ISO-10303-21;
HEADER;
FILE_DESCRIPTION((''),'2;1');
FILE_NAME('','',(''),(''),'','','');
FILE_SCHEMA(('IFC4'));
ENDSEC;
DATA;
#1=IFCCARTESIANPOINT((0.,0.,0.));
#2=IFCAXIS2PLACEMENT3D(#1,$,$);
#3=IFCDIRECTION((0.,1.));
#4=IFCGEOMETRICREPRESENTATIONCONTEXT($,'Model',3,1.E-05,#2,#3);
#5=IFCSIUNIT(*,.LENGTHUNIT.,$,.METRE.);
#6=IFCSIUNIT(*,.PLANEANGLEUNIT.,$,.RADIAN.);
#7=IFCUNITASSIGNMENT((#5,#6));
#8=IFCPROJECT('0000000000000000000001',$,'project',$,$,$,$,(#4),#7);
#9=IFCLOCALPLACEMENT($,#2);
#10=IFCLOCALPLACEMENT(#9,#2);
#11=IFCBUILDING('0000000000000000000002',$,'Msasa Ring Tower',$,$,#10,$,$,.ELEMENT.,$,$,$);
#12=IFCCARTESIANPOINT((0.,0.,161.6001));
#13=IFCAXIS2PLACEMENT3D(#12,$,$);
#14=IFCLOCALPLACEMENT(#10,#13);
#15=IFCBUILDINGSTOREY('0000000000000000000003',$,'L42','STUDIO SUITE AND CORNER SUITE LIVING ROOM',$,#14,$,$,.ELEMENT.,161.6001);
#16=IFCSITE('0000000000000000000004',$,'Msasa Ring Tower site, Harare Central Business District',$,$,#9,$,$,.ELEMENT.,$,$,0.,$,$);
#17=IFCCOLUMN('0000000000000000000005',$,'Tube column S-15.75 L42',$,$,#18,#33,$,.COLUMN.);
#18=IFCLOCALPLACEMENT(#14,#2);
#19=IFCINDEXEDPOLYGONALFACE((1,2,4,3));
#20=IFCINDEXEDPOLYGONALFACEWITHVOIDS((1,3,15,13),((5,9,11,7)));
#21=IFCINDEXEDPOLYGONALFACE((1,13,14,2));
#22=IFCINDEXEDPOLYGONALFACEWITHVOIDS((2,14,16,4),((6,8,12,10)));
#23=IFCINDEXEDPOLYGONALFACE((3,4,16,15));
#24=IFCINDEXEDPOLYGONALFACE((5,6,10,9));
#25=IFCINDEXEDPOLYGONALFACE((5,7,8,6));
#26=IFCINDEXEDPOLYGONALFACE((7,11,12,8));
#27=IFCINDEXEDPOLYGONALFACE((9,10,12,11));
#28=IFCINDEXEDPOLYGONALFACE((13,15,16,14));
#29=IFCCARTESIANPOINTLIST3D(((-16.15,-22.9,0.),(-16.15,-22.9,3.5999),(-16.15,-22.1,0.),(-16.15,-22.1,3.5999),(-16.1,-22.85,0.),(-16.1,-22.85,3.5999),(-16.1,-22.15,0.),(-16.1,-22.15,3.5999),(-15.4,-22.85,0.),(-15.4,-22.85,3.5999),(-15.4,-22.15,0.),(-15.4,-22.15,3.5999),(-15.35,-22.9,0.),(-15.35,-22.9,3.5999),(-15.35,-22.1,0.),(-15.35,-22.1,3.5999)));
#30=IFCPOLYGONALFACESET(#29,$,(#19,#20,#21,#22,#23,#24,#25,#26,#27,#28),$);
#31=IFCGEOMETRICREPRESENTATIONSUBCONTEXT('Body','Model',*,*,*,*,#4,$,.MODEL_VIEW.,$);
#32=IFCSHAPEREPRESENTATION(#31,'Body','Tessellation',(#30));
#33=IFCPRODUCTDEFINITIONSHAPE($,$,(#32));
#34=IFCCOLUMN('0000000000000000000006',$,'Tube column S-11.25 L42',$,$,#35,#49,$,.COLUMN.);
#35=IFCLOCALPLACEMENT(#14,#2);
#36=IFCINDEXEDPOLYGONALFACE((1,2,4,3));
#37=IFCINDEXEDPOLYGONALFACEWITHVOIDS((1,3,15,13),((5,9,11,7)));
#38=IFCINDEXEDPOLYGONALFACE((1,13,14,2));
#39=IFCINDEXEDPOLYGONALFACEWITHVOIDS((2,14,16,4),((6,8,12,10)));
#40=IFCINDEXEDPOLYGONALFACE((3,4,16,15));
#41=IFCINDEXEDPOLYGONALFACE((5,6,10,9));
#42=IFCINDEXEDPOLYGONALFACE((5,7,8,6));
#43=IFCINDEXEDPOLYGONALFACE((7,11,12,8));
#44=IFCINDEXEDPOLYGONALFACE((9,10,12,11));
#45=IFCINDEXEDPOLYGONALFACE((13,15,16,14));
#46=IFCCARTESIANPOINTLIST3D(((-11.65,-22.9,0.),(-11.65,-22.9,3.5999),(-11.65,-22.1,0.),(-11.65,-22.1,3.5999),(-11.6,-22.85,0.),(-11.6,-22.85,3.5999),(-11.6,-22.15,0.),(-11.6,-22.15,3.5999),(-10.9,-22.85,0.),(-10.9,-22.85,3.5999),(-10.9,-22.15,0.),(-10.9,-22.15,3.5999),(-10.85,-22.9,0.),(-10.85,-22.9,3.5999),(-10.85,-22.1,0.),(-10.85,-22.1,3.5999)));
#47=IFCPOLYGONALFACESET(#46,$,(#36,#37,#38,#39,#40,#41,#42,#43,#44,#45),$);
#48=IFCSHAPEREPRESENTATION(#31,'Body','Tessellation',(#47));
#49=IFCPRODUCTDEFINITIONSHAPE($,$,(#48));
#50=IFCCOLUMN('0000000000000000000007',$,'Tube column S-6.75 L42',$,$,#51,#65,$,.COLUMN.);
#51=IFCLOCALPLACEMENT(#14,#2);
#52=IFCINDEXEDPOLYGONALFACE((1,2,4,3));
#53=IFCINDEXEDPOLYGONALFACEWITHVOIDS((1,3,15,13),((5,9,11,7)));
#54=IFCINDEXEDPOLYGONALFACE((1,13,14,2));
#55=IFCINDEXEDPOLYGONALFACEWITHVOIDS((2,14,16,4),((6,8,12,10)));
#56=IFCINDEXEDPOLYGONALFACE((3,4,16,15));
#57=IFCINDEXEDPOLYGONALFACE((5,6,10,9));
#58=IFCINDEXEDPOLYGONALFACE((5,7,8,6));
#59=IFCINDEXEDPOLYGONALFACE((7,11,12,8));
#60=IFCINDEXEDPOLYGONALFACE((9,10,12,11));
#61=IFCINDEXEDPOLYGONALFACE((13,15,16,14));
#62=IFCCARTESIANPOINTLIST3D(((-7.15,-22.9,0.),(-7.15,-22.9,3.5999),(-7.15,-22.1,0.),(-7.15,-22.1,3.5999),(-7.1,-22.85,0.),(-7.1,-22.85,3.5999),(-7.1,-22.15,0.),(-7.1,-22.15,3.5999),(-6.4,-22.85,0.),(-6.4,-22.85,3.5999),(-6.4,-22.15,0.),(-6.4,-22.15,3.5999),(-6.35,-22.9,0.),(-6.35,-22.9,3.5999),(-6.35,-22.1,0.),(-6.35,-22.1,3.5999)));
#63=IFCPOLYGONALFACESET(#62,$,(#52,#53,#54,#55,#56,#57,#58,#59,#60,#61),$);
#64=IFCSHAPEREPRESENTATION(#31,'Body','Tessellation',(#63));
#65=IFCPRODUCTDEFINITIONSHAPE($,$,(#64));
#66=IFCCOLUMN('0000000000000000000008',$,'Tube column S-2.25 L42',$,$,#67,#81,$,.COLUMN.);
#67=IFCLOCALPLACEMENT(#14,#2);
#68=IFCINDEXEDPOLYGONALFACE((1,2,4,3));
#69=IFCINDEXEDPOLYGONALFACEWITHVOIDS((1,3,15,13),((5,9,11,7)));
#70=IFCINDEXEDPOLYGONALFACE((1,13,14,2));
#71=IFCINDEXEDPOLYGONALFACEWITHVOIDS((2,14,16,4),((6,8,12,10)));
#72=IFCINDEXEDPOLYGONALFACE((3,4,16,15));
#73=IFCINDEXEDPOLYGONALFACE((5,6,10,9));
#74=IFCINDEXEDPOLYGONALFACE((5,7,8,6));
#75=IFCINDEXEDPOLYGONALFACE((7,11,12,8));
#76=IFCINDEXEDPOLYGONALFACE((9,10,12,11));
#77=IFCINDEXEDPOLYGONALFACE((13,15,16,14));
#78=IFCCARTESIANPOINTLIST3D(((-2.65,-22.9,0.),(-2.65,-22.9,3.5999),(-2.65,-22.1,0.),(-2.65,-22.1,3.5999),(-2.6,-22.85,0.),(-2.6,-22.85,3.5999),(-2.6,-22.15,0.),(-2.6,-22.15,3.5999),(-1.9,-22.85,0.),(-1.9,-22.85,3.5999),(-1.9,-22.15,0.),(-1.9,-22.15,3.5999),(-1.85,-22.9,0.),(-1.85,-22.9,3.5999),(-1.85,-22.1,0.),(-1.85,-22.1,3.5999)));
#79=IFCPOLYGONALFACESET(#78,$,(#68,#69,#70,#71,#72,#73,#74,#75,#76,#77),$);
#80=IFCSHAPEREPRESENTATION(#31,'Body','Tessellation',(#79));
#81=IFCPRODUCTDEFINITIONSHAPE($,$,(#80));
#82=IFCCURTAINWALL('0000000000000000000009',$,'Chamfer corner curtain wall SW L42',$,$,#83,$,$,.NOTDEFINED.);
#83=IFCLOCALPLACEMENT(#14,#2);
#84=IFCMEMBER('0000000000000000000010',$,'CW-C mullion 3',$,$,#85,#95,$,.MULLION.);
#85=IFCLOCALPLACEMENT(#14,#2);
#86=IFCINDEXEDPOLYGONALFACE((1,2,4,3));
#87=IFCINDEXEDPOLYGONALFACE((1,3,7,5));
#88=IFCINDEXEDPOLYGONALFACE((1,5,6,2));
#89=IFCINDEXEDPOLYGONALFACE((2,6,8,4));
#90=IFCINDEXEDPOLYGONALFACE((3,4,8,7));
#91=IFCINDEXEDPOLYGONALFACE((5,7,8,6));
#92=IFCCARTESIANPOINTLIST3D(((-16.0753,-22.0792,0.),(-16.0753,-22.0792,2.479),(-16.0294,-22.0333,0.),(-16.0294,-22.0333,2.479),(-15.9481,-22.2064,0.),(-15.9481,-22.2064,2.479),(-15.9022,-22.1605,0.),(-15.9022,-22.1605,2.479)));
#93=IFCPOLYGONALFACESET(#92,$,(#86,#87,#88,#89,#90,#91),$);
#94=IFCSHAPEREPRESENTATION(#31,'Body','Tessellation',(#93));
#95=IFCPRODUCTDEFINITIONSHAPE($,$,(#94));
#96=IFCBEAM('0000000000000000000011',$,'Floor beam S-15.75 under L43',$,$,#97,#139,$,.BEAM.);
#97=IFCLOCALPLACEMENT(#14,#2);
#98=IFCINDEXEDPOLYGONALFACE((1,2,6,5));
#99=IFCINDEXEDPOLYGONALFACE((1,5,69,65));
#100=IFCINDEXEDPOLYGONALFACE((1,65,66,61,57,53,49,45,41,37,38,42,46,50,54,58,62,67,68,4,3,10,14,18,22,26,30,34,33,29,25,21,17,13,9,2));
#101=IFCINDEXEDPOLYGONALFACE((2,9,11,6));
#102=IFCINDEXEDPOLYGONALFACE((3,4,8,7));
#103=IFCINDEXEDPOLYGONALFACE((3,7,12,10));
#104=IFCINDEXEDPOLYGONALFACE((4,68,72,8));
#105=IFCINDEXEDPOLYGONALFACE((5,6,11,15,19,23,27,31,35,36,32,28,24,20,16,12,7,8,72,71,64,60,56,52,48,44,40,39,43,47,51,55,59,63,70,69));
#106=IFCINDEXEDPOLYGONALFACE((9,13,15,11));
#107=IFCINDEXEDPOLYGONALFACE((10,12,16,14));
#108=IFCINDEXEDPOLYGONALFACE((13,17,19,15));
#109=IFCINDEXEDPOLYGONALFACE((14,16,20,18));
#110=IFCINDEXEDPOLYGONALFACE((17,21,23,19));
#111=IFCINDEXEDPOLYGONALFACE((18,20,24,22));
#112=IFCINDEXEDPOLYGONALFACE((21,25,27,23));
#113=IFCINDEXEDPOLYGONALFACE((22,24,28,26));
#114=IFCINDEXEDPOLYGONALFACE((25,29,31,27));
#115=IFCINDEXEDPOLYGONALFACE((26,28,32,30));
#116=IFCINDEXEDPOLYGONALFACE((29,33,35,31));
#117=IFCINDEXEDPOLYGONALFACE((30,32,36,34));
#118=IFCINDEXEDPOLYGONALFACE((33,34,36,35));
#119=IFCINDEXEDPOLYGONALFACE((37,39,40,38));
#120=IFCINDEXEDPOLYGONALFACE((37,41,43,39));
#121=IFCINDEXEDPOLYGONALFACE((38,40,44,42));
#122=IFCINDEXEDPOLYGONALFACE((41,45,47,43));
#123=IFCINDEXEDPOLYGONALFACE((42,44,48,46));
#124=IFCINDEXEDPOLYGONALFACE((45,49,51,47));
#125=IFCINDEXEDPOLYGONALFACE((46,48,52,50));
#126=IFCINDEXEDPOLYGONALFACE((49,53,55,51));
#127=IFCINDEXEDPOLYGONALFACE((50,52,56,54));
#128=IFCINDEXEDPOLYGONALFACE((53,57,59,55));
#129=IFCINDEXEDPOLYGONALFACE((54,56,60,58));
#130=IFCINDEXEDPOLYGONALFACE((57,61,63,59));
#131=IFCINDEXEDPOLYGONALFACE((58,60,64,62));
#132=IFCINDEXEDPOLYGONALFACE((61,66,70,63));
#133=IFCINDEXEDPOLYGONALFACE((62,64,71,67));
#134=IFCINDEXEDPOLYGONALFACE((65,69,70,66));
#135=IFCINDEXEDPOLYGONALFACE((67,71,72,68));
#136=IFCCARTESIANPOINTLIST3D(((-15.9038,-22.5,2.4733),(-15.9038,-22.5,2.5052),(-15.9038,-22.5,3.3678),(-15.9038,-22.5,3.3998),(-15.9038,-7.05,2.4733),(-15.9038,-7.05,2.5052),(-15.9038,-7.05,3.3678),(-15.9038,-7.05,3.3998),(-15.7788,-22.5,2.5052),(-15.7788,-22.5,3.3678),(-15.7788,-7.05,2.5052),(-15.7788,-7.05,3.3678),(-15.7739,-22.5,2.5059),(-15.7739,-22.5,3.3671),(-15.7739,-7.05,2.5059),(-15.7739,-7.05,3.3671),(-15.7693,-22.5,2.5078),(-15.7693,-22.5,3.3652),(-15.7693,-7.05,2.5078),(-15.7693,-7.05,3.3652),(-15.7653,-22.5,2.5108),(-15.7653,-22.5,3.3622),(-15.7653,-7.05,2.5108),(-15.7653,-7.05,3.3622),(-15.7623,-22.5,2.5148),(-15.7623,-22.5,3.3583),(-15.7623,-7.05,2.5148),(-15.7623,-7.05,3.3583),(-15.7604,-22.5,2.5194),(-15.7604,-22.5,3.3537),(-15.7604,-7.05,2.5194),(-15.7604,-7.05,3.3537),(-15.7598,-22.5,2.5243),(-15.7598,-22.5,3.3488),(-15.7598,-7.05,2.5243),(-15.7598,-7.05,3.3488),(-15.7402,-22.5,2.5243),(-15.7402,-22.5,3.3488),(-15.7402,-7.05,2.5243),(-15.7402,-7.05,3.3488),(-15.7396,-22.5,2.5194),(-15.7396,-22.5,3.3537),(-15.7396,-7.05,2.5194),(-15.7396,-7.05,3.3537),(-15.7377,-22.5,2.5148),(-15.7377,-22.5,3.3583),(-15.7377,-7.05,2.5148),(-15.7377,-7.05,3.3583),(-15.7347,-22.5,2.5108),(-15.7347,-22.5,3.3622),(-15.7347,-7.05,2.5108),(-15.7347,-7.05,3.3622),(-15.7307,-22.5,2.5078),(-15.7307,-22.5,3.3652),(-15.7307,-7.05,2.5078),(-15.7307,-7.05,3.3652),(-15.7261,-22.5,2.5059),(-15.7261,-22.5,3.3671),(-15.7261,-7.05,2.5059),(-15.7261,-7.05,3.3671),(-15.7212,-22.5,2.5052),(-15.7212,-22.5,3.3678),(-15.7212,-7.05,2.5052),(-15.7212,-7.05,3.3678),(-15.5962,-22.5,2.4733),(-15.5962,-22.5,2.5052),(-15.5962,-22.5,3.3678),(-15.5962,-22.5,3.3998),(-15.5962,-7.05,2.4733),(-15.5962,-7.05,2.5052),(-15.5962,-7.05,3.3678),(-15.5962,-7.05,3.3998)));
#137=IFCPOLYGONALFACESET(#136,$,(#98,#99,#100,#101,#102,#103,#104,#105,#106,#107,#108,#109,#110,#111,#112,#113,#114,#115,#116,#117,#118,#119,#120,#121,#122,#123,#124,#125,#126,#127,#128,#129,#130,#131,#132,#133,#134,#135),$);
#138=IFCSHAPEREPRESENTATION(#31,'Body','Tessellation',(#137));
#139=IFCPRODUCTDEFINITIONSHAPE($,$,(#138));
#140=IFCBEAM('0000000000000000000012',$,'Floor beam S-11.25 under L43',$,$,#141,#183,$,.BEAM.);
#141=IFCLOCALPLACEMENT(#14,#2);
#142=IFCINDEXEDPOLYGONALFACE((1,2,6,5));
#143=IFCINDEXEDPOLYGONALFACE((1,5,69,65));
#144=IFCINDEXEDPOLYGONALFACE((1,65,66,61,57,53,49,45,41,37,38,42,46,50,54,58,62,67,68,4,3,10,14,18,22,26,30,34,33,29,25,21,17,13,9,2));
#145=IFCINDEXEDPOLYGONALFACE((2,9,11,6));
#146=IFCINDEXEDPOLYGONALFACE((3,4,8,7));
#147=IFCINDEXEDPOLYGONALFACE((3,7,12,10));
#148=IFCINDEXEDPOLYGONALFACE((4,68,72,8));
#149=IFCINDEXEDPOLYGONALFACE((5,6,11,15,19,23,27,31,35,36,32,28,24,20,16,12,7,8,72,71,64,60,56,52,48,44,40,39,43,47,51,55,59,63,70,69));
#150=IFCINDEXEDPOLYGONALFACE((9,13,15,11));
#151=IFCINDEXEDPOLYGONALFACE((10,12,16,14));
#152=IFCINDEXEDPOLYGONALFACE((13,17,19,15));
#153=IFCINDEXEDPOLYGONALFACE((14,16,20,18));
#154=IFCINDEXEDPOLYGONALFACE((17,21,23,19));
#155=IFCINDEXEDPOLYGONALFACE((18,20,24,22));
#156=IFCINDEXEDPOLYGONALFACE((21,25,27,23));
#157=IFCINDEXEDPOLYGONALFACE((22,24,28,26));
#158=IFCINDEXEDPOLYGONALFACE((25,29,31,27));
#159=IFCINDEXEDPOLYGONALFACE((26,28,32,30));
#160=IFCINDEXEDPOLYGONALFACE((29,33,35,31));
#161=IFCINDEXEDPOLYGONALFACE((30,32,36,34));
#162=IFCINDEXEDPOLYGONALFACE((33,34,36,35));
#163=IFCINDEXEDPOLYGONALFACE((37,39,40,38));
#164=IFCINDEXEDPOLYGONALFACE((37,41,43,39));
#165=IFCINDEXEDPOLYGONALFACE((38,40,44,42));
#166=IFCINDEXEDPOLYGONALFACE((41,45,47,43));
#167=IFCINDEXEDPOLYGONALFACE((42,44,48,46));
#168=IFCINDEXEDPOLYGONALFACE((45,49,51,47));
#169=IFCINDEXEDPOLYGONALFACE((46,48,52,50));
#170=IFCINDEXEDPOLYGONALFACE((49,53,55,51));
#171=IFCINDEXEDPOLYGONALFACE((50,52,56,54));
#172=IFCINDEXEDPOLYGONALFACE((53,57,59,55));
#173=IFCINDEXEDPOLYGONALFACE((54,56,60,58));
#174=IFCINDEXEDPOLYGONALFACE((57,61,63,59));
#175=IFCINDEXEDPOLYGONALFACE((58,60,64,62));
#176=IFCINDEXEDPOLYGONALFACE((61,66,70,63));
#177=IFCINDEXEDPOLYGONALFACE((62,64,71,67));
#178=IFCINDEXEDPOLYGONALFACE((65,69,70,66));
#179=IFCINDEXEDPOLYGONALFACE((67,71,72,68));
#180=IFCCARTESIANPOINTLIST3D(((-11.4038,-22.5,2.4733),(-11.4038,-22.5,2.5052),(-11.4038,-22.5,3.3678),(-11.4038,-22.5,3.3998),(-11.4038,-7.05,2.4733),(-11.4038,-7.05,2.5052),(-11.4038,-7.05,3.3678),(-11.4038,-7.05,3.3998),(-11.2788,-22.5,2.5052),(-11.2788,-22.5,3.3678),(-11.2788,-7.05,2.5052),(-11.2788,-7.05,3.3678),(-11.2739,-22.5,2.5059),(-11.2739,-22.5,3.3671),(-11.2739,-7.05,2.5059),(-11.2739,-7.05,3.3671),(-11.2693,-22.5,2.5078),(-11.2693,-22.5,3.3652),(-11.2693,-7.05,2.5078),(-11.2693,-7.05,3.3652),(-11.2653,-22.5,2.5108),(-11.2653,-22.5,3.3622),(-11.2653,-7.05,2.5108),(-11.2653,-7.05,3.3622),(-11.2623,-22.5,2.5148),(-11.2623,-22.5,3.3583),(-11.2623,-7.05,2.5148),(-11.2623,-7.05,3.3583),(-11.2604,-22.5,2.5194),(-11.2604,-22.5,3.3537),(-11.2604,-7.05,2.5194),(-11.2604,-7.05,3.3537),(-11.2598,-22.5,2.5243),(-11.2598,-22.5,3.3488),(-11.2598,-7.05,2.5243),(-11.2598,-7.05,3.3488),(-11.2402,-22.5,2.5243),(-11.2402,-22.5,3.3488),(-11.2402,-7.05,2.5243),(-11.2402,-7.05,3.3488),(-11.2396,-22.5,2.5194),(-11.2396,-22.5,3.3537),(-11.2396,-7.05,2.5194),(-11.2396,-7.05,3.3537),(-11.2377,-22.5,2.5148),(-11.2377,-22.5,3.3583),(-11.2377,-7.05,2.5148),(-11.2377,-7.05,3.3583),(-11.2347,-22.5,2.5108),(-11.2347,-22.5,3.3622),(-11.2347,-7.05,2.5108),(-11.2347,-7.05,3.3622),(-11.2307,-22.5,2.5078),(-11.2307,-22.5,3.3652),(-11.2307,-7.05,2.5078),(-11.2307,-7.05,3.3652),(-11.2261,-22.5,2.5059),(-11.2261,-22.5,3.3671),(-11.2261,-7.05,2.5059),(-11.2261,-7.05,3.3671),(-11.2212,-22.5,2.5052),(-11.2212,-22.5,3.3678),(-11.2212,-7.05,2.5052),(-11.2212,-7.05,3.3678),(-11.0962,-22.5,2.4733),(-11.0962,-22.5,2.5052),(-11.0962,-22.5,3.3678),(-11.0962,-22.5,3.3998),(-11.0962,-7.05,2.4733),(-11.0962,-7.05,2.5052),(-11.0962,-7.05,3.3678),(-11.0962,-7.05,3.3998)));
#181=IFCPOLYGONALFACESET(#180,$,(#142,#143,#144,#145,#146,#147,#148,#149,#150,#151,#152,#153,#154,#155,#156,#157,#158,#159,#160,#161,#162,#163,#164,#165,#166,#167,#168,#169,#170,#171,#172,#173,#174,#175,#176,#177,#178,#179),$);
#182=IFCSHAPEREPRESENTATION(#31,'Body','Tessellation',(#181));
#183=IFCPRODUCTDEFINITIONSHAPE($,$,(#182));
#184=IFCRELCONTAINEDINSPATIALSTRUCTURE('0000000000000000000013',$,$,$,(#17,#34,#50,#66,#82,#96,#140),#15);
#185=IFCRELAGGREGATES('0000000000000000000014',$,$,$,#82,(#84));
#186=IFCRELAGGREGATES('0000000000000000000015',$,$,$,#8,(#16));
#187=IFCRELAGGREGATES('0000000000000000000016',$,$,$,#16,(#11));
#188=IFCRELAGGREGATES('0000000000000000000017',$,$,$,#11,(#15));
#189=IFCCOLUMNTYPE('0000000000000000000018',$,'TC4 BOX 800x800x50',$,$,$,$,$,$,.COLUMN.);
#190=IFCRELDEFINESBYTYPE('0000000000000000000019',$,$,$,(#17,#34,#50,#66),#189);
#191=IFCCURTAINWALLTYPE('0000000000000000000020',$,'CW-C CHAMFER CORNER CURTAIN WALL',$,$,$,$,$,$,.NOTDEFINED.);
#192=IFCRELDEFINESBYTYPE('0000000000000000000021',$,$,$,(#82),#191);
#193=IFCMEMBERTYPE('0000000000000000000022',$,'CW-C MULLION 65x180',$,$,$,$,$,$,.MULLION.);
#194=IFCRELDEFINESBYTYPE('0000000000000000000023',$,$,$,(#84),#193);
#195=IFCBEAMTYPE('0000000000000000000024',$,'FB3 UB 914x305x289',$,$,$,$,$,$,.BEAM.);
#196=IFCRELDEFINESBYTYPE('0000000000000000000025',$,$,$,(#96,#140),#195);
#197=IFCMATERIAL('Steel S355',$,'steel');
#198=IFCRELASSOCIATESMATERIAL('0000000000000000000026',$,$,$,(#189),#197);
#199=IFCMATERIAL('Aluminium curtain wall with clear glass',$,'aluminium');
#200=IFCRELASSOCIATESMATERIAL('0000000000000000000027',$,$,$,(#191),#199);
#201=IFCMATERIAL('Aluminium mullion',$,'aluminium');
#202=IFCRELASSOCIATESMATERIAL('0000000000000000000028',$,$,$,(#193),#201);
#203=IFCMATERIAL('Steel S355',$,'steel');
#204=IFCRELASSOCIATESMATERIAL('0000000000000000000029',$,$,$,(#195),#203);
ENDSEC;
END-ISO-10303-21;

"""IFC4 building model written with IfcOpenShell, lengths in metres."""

from ifc_helpers import new_model, si_unit, direction, frame, origin, origin_2d, place, context, subcontext, project, spatial, rectangle, hollow_rectangle, i_section, extrude, material, material_profile, profile_set, type_object, element, aggregate, save


model = new_model("IFC4")

# Units and contexts
model_context = context("Model", 3, precision=1e-05, world=origin(), true_north=direction((0.0, 1.0)))
body_context = subcontext(model_context, "Body", "Model", "MODEL_VIEW")
ifc_project = project(units=[si_unit("LENGTHUNIT", "METRE"), si_unit("PLANEANGLEUNIT", "RADIAN")], contexts=[model_context])

# Site, building, storey
site_placement = place(None, origin())
site = spatial("IfcSite", under=ifc_project, at=site_placement, Name="Msasa Ring Tower site, Harare Central Business District", CompositionType="ELEMENT", RefElevation=0.0)
building_placement = place(site_placement, origin())
building = spatial("IfcBuilding", under=site, at=building_placement, Name="Msasa Ring Tower", CompositionType="ELEMENT")
storey_placement = place(building_placement, frame((0.0, 0.0, 161.6001)))
storey = spatial("IfcBuildingStorey", under=building, at=storey_placement, Name="L42", Description="STUDIO SUITE AND CORNER SUITE LIVING ROOM", CompositionType="ELEMENT", Elevation=161.6001)

# Columns
ifc_material_1 = material(Name="Steel S355", Category="steel")
ifc_material_profile_1 = material_profile(ifc_material_1, hollow_rectangle(XDim=0.8, YDim=0.8, WallThickness=0.05, at=origin_2d()), Name="BOX 800x800x50")
ifc_profile_set_1 = profile_set([ifc_material_profile_1], Name="Steel S355")
column_type = type_object("IfcColumnType", Name="TC4 BOX 800x800x50", PredefinedType="COLUMN", material=ifc_profile_set_1)
for number, where, z_axis, x_axis, name in (
    (1, (-15.75, -22.5, 0.0), (0.0, 0.0, 1.0), (0.0, 1.0, 0.0), "Tube column S-15.75 L42"),
    (2, (-11.25, -22.5, 0.0), (0.0, 0.0, 1.0), (0.0, 1.0, 0.0), "Tube column S-11.25 L42"),
    (3, (-6.75, -22.5, 0.0), (0.0, 0.0, 1.0), (0.0, 1.0, 0.0), "Tube column S-6.75 L42"),
    (4, (-2.25, -22.5, 0.0), (0.0, 0.0, 1.0), (0.0, 1.0, 0.0), "Tube column S-2.25 L42"),
):
    element("IfcColumn", number, at=place(storey_placement, frame(where, z_axis=z_axis, x_axis=x_axis)), inside=storey, type_object=column_type, Name=name, PredefinedType="COLUMN", context=body_context, shape_type="SweptSolid", body=[
        extrude(hollow_rectangle(XDim=0.8, YDim=0.8, WallThickness=0.05, at=origin_2d()), origin(), (0.0, 0.0, 1.0), 3.5999),
    ])

# Curtain wall, member
ifc_material_2 = material(Name="Aluminium curtain wall with clear glass", Category="aluminium")
curtain_wall_type = type_object("IfcCurtainWallType", Name="CW-C CHAMFER CORNER CURTAIN WALL", PredefinedType="NOTDEFINED", material=ifc_material_2)
curtain_wall_placement = place(storey_placement, origin())
curtain_wall = element("IfcCurtainWall", 5, at=curtain_wall_placement, inside=storey, type_object=curtain_wall_type, Name="Chamfer corner curtain wall SW L42", PredefinedType="NOTDEFINED")
ifc_material_3 = material(Name="Aluminium mullion", Category="aluminium")
ifc_material_profile_2 = material_profile(ifc_material_3, rectangle(XDim=0.0649, YDim=0.1799, at=origin_2d()), Name="AL 65x180")
ifc_profile_set_2 = profile_set([ifc_material_profile_2], Name="Aluminium mullion")
member_type = type_object("IfcMemberType", Name="CW-C MULLION 65x180", PredefinedType="MULLION", material=ifc_profile_set_2)
member_placement = place(storey_placement, frame((-15.9888, -22.1199, 0.0), z_axis=(0.0, 0.0, 1.0), x_axis=(0.707107, 0.707107, 0.0)))
member = element("IfcMember", 6, at=member_placement, type_object=member_type, Name="CW-C mullion 3", PredefinedType="MULLION", context=body_context, shape_type="SweptSolid", body=[
    extrude(rectangle(XDim=0.0649, YDim=0.1799, at=origin_2d()), origin(), (0.0, 0.0, 1.0), 2.479),
])

# Beams
ifc_material_4 = material(Name="Steel S355", Category="steel")
ifc_material_profile_3 = material_profile(ifc_material_4, i_section(OverallWidth=0.3076, OverallDepth=0.9265, WebThickness=0.0195, FlangeThickness=0.032, FilletRadius=0.019, at=origin_2d()), Name="UB 914x305x289")
ifc_profile_set_3 = profile_set([ifc_material_profile_3], Name="Steel S355")
beam_type_1 = type_object("IfcBeamType", Name="FB3 UB 914x305x289", PredefinedType="BEAM", material=ifc_profile_set_3)
for number, where, z_axis, x_axis, name in (
    (7, (-15.75, -22.5, 2.9365), (0.0, 1.0, 0.0), (-1.0, 0.0, 0.0), "Floor beam S-15.75 under L43"),
    (8, (-11.25, -22.5, 2.9365), (0.0, 1.0, 0.0), (-1.0, 0.0, 0.0), "Floor beam S-11.25 under L43"),
):
    element("IfcBeam", number, at=place(storey_placement, frame(where, z_axis=z_axis, x_axis=x_axis)), inside=storey, type_object=beam_type_1, Name=name, PredefinedType="BEAM", context=body_context, shape_type="SweptSolid", body=[
        extrude(i_section(OverallWidth=0.3076, OverallDepth=0.9265, WebThickness=0.0195, FlangeThickness=0.032, FilletRadius=0.019, at=origin_2d()), origin(), (0.0, 0.0, 1.0), 15.45),
    ])

aggregate(curtain_wall, [member])

save(model, "model.ifc")
